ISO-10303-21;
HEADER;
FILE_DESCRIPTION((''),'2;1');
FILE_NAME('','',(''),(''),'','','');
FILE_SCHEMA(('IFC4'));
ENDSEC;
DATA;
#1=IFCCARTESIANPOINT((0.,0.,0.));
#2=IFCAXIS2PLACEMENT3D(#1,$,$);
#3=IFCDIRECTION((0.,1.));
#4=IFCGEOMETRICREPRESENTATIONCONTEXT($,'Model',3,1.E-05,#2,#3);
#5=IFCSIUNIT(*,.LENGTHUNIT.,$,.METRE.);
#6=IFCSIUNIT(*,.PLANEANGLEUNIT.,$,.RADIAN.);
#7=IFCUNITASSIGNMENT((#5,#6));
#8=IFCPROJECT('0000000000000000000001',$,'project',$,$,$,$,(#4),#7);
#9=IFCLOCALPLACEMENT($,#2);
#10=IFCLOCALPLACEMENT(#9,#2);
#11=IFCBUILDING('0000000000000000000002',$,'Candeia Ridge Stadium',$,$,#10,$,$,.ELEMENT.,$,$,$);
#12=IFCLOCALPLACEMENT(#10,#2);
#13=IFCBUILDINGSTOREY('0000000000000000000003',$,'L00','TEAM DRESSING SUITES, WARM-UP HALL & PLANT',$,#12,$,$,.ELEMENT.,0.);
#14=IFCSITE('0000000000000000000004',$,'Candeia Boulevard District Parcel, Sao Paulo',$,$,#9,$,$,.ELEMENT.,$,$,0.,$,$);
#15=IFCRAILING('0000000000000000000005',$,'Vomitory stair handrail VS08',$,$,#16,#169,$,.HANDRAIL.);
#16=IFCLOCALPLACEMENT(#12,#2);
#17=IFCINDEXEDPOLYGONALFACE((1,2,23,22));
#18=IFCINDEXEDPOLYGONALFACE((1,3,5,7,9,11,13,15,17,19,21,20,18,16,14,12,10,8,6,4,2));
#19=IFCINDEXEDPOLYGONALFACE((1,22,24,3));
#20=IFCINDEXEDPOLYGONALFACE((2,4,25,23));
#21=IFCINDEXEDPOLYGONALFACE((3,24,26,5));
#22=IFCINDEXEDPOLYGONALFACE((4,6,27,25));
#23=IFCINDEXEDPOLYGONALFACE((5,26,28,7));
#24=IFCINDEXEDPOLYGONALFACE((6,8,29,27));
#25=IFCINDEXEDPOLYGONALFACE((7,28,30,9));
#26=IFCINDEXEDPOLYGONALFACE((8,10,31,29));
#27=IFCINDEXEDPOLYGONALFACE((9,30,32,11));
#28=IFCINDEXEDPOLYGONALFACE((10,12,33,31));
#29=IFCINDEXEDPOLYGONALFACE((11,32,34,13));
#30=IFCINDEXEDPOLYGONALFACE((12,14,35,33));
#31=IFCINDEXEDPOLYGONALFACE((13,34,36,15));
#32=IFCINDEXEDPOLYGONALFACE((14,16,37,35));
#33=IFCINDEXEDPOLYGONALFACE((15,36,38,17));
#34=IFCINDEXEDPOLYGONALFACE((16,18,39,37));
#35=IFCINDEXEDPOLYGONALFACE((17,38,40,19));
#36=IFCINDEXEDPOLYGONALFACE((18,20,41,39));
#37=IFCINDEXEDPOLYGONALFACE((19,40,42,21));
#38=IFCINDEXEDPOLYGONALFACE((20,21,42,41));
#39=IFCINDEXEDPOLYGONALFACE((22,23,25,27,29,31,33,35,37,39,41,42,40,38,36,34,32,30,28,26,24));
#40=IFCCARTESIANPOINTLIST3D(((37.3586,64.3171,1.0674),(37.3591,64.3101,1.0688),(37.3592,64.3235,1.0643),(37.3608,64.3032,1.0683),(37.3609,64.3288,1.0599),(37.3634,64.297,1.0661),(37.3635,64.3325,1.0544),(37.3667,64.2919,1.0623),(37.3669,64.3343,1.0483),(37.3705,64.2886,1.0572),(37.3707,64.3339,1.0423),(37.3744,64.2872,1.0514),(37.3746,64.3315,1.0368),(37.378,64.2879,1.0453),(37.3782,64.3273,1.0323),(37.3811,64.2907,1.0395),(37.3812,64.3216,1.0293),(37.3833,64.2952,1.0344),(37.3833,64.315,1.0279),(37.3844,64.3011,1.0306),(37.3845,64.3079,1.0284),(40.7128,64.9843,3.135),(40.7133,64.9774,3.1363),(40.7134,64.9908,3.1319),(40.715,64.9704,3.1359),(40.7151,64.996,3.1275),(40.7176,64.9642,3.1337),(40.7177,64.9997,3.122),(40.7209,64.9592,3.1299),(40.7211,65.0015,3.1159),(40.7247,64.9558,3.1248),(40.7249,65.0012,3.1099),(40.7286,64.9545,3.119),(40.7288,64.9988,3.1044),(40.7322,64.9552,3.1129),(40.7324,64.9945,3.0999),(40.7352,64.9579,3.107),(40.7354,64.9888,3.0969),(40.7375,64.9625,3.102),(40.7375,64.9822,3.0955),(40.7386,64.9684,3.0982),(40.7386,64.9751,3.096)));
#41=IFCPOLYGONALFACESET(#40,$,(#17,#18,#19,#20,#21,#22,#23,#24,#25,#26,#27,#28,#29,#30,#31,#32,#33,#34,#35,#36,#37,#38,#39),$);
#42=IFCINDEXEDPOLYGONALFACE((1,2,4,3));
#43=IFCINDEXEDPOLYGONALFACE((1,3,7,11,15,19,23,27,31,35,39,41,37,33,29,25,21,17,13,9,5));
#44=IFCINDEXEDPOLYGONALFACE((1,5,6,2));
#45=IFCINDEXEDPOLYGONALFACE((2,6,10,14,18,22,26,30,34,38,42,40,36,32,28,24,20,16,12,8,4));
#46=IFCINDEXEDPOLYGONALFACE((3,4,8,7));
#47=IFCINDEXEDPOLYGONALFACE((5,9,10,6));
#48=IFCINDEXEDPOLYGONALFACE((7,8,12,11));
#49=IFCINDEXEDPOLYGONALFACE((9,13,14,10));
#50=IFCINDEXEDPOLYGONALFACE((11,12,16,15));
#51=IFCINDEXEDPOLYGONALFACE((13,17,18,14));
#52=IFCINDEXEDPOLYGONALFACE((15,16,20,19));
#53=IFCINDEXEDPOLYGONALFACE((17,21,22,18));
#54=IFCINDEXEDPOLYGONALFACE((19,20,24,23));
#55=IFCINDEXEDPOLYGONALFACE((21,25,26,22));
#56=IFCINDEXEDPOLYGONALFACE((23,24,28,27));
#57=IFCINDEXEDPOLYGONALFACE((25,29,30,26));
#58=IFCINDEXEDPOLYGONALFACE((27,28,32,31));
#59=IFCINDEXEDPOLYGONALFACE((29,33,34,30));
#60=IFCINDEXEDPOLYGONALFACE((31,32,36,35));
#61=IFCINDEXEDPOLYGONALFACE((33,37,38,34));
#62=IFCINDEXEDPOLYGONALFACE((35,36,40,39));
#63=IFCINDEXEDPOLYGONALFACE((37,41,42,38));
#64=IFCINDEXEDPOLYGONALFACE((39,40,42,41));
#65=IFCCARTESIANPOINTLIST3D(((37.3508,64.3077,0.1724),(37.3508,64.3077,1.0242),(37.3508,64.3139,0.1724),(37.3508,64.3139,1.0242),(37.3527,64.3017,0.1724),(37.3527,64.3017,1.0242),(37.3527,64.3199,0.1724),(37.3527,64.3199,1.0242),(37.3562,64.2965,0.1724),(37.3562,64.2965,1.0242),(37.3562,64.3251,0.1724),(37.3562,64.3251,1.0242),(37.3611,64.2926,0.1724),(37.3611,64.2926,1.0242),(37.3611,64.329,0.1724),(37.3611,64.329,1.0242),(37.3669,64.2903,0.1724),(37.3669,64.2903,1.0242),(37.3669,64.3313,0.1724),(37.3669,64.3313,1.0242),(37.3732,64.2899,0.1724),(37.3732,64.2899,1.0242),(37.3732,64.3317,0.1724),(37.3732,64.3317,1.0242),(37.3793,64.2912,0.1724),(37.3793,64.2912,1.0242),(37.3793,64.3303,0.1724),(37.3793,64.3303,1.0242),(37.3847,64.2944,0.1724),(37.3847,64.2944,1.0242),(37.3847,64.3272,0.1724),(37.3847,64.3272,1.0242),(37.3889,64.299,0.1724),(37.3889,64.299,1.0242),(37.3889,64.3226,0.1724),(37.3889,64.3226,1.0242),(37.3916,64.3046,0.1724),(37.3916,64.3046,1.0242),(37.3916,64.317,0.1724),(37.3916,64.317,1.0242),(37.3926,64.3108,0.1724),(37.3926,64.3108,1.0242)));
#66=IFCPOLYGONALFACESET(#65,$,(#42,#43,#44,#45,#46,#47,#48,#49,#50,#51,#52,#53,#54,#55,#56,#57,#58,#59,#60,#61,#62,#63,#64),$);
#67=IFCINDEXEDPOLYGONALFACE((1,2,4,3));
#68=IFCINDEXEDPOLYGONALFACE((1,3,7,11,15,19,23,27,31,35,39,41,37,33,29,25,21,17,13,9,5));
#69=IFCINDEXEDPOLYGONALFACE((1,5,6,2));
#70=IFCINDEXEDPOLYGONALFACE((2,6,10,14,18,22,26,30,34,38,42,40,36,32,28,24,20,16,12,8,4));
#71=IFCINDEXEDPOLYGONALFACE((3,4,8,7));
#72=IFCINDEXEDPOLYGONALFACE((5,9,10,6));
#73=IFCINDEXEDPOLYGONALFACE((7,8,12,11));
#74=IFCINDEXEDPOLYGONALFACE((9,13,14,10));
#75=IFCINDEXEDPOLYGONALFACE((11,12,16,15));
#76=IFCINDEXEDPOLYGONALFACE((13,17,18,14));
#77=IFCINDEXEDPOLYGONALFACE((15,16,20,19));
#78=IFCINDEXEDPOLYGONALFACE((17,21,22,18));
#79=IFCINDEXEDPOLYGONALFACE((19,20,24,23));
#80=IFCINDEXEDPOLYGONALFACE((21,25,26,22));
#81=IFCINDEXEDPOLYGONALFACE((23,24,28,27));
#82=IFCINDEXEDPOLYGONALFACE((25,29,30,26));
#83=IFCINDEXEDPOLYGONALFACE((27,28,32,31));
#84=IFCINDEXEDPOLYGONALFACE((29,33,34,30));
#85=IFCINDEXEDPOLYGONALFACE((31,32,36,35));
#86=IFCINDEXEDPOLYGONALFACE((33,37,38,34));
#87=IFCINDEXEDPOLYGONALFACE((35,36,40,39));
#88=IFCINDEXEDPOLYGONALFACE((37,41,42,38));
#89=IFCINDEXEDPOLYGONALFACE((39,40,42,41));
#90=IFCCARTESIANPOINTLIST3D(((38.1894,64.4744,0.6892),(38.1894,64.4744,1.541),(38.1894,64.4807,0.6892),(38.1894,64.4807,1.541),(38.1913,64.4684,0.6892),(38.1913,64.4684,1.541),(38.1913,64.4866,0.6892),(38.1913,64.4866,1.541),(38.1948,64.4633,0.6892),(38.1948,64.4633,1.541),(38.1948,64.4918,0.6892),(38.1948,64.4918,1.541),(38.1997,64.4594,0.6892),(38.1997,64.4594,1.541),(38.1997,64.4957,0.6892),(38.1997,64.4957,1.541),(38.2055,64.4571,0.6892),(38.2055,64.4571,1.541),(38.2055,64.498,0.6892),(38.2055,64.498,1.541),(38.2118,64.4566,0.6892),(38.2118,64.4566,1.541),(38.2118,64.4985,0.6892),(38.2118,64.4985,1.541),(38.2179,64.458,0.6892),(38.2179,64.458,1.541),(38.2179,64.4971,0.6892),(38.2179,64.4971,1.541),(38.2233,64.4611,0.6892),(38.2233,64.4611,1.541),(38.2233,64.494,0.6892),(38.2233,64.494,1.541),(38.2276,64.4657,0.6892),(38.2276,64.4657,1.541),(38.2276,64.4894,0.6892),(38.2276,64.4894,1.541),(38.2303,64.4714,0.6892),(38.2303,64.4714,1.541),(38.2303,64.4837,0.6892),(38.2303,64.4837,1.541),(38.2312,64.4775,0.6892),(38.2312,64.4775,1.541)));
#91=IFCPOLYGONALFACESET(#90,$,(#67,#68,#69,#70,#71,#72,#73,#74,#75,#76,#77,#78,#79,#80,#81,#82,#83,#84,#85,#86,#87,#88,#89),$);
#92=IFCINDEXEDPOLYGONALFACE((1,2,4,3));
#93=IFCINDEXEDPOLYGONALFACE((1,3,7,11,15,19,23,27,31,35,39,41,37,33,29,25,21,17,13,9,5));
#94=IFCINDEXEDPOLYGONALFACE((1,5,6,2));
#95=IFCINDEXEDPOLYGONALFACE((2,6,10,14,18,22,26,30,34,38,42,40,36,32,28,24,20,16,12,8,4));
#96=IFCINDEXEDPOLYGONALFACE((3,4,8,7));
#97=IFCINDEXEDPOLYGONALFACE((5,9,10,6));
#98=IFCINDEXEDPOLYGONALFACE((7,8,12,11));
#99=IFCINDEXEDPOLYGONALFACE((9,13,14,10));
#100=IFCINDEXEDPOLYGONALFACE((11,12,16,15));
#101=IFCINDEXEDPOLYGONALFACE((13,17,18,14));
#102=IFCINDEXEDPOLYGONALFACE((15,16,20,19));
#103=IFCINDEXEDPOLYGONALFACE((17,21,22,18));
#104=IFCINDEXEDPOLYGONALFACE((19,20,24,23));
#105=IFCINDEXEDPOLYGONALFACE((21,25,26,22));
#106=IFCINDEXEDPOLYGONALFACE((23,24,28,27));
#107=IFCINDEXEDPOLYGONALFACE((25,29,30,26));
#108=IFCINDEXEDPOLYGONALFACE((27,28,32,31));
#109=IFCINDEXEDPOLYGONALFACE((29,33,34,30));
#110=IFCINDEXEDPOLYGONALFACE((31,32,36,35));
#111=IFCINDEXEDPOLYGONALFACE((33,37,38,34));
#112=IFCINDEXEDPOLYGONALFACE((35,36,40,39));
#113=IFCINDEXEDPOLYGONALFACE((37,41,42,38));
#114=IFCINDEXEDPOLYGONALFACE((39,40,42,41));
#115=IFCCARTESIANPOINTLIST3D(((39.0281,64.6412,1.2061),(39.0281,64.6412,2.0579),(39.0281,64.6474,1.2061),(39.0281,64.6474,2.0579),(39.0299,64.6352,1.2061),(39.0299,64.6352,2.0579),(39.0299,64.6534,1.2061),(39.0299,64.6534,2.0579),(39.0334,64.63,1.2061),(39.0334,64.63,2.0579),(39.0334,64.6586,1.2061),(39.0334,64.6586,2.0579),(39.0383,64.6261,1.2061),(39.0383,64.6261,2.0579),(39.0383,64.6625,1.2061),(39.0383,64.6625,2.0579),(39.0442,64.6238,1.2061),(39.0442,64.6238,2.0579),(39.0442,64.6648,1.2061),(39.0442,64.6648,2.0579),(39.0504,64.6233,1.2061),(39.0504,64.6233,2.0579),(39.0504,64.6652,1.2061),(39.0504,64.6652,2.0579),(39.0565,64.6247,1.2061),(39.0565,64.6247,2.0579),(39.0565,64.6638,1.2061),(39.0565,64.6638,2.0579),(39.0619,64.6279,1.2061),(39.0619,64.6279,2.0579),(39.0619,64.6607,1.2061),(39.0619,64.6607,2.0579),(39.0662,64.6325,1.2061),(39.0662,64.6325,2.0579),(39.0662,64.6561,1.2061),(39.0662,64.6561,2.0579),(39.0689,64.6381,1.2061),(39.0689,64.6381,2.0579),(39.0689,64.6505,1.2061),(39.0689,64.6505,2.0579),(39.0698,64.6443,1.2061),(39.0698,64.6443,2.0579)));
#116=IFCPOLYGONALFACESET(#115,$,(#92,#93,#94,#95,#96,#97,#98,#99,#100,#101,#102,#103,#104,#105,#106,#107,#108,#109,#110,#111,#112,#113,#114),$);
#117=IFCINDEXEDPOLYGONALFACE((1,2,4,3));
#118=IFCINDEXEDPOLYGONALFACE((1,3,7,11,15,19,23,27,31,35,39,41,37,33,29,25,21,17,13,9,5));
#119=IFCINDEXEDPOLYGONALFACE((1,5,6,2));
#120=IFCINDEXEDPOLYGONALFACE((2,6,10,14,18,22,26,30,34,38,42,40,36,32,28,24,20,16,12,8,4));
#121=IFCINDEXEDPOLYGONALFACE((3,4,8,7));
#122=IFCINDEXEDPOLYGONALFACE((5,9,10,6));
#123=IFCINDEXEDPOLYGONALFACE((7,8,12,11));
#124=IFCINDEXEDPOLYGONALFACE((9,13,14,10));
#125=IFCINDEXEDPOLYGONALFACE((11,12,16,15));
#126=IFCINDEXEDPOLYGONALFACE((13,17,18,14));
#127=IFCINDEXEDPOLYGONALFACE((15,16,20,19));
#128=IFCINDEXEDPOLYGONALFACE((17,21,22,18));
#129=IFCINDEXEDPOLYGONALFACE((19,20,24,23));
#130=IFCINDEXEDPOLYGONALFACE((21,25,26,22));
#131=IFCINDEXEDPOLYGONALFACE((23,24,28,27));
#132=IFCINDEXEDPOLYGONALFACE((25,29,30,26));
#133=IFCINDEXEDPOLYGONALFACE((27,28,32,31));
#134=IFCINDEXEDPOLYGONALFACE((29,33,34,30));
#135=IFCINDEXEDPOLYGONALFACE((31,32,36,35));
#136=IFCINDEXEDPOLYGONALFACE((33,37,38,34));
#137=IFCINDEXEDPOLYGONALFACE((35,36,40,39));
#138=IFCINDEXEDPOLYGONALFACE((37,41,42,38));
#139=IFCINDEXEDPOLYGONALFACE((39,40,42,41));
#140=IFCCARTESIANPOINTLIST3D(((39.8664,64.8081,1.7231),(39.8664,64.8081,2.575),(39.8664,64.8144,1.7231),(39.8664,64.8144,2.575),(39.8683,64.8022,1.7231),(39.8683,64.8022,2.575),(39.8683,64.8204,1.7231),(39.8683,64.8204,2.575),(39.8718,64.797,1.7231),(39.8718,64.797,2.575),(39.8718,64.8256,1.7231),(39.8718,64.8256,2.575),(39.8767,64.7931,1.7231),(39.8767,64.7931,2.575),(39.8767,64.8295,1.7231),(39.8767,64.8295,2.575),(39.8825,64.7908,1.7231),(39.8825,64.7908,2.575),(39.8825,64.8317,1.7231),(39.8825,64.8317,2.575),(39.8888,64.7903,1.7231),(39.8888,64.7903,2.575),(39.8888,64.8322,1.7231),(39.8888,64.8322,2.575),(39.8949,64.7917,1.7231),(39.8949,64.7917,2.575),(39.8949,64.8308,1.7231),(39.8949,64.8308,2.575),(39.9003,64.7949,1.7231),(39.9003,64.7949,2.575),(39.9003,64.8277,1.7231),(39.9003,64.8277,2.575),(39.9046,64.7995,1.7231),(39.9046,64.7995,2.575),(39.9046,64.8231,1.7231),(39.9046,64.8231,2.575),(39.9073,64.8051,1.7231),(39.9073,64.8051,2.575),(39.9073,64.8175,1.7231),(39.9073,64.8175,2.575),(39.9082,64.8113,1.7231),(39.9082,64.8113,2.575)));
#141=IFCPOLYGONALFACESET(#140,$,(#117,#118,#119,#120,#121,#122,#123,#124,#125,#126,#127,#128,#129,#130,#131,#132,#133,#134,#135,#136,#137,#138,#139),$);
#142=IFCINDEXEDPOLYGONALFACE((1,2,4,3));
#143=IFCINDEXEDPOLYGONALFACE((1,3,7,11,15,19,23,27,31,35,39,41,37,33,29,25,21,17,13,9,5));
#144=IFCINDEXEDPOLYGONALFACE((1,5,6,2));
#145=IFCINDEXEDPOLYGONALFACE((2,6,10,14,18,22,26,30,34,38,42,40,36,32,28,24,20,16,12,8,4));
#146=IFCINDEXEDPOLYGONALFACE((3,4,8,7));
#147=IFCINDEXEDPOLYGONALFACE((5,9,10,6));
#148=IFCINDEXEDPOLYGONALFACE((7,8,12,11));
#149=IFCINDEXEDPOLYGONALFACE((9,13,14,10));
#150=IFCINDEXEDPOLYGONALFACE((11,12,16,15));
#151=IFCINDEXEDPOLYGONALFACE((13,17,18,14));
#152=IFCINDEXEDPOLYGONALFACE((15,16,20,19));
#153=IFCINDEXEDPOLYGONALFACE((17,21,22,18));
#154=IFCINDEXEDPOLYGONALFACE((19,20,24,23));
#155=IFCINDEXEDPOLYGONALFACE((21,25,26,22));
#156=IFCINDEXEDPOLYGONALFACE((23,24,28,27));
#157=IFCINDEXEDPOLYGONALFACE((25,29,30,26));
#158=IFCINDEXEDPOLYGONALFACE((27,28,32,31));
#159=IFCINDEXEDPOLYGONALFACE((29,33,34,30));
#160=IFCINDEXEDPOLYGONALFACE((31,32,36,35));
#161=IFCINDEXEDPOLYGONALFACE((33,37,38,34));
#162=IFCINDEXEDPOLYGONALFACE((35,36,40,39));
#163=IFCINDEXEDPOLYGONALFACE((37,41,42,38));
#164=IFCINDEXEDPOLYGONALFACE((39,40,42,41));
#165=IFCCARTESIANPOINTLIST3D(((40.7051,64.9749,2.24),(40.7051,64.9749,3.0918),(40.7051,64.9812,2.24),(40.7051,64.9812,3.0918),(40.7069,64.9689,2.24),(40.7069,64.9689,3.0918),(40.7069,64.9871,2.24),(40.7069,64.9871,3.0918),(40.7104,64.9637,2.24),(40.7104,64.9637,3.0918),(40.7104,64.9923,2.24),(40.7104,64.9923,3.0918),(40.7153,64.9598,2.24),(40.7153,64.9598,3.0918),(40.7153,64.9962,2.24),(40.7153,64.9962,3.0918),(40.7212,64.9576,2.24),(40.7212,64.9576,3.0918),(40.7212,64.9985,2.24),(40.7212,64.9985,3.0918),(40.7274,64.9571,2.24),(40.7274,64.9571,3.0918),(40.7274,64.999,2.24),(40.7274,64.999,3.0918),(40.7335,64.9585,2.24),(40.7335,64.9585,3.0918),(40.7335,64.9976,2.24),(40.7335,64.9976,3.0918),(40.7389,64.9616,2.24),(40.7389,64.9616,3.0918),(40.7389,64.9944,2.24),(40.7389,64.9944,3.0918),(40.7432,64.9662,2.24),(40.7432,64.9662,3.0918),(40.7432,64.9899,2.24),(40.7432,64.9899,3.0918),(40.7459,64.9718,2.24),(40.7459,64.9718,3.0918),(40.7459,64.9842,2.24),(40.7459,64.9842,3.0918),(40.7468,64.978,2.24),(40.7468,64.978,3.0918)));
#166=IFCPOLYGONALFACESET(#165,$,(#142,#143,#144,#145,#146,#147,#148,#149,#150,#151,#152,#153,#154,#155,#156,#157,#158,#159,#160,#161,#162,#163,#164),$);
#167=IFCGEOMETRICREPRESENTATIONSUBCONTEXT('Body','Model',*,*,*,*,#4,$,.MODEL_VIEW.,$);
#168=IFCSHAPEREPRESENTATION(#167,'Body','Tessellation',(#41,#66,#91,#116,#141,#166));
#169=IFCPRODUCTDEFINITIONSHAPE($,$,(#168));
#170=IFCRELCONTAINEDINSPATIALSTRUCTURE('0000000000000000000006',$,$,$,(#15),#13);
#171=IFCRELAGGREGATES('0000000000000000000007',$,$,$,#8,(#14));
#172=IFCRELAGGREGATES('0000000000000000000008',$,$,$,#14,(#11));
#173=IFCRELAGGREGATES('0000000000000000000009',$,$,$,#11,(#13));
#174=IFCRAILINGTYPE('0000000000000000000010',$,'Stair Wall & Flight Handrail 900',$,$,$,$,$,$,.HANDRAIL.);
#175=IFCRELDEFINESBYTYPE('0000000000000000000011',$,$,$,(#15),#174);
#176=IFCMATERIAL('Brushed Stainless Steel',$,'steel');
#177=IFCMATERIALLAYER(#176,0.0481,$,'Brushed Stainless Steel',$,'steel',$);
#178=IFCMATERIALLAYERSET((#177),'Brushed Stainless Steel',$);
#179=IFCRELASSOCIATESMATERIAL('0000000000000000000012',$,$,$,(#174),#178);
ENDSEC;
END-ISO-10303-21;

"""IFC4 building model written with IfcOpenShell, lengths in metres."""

from ifc_helpers import new_model, si_unit, direction, frame, origin, origin_2d, place, context, subcontext, project, spatial, circle, extrude, material, layer, layer_set, type_object, element, save


model = new_model("IFC4")

# Units and contexts
model_context = context("Model", 3, precision=1e-05, world=origin(), true_north=direction((0.0, 1.0)))
body_context = subcontext(model_context, "Body", "Model", "MODEL_VIEW")
ifc_project = project(units=[si_unit("LENGTHUNIT", "METRE"), si_unit("PLANEANGLEUNIT", "RADIAN")], contexts=[model_context])

# Site, building, storey
site_placement = place(None, origin())
site = spatial("IfcSite", under=ifc_project, at=site_placement, Name="Candeia Boulevard District Parcel, Sao Paulo", CompositionType="ELEMENT", RefElevation=0.0)
building_placement = place(site_placement, origin())
building = spatial("IfcBuilding", under=site, at=building_placement, Name="Candeia Ridge Stadium", CompositionType="ELEMENT")
storey_placement = place(building_placement, origin())
storey = spatial("IfcBuildingStorey", under=building, at=storey_placement, Name="L00", Description="TEAM DRESSING SUITES, WARM-UP HALL & PLANT", CompositionType="ELEMENT", Elevation=0.0)

# Railing
ifc_material_1 = material(Name="Brushed Stainless Steel", Category="steel")
ifc_layer_1 = layer(ifc_material_1, 0.0481, Name="Brushed Stainless Steel", Category="steel")
ifc_layer_set_1 = layer_set([ifc_layer_1], Name="Brushed Stainless Steel")
railing_type_1 = type_object("IfcRailingType", Name="Stair Wall & Flight Handrail 900", PredefinedType="HANDRAIL", material=ifc_layer_set_1)
railing_1_placement = place(storey_placement, frame((37.3716, 64.3108, 0.1724)))
element("IfcRailing", 1, at=railing_1_placement, inside=storey, type_object=railing_type_1, Name="Vomitory stair handrail VS08", PredefinedType="HANDRAIL", context=body_context, shape_type="SweptSolid", body=[
    extrude(circle(Radius=0.0239, at=origin_2d()), frame((0.0, 0.0, 0.876), z_axis=(0.839316, 0.166959, 0.517372), x_axis=(-0.1951, 0.980783, 0.0)), (0.0, 0.0, 1.0), 3.9963),
    extrude(circle(Radius=0.021, at=origin_2d()), origin(), (0.0, 0.0, 1.0), 0.8518),
    extrude(circle(Radius=0.021, at=origin_2d()), frame((0.8386, 0.1667, 0.5168)), (0.0, 0.0, 1.0), 0.8518),
    extrude(circle(Radius=0.021, at=origin_2d()), frame((1.6772, 0.3335, 1.0337)), (0.0, 0.0, 1.0), 0.8518),
    extrude(circle(Radius=0.021, at=origin_2d()), frame((2.5156, 0.5005, 1.5508)), (0.0, 0.0, 1.0), 0.8518),
    extrude(circle(Radius=0.021, at=origin_2d()), frame((3.3542, 0.6672, 2.0676)), (0.0, 0.0, 1.0), 0.8518),
])

save(model, "model.ifc")
